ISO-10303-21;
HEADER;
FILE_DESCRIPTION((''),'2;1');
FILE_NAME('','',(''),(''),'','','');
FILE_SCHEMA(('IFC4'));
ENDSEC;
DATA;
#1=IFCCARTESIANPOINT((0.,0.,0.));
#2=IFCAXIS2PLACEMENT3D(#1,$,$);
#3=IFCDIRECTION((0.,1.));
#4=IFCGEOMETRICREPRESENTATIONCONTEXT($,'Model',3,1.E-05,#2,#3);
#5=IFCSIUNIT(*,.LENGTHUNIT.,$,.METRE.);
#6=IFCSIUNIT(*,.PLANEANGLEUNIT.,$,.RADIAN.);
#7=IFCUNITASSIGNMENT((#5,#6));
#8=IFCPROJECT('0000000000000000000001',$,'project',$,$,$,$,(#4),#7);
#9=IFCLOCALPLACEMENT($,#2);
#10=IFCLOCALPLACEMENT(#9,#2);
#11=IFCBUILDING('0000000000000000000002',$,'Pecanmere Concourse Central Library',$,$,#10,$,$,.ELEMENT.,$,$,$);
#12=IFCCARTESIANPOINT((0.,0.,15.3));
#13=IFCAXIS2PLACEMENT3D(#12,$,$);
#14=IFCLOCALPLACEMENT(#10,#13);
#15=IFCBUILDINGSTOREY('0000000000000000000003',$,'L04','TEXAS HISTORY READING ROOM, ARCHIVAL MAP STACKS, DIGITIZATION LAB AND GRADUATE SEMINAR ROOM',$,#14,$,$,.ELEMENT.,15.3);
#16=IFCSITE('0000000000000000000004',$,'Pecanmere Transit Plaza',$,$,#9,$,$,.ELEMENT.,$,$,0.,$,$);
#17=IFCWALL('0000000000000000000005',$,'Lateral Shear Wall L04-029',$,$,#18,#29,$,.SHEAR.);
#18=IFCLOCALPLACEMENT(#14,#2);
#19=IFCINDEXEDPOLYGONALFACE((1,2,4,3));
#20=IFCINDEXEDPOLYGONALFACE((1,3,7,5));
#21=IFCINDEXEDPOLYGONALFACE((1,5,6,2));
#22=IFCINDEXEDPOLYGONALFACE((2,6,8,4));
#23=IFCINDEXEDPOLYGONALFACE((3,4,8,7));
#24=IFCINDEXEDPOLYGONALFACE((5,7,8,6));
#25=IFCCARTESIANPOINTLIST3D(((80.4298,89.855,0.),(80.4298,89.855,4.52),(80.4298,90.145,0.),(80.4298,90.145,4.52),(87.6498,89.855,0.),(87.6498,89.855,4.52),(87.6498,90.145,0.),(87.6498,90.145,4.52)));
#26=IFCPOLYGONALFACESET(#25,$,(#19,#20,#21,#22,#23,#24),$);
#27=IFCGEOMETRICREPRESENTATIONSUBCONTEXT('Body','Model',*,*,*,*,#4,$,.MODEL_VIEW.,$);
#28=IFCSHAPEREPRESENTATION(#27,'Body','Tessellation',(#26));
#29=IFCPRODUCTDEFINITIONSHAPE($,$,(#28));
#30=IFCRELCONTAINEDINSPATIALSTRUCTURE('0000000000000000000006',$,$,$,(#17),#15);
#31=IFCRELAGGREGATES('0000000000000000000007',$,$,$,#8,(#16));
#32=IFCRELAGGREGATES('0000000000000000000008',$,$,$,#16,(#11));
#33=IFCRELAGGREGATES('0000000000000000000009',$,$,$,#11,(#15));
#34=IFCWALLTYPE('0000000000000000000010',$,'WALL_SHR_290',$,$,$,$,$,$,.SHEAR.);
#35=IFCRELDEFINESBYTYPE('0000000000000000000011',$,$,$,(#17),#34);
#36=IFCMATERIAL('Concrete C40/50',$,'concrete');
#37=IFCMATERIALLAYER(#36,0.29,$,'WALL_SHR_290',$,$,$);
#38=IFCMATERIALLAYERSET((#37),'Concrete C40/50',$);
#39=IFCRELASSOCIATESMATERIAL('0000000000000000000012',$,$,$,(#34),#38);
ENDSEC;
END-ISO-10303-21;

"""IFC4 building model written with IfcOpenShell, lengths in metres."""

from ifc_helpers import new_model, si_unit, direction, frame, frame_2d, origin, place, context, subcontext, project, spatial, rectangle, extrude, material, layer, layer_set, type_object, element, save


model = new_model("IFC4")

# Units and contexts
model_context = context("Model", 3, precision=1e-05, world=origin(), true_north=direction((0.0, 1.0)))
body_context = subcontext(model_context, "Body", "Model", "MODEL_VIEW")
ifc_project = project(units=[si_unit("LENGTHUNIT", "METRE"), si_unit("PLANEANGLEUNIT", "RADIAN")], contexts=[model_context])

# Site, building, storey
site_placement = place(None, origin())
site = spatial("IfcSite", under=ifc_project, at=site_placement, Name="Pecanmere Transit Plaza", CompositionType="ELEMENT", RefElevation=0.0)
building_placement = place(site_placement, origin())
building = spatial("IfcBuilding", under=site, at=building_placement, Name="Pecanmere Concourse Central Library", CompositionType="ELEMENT")
storey_placement = place(building_placement, frame((0.0, 0.0, 15.3)))
storey = spatial("IfcBuildingStorey", under=building, at=storey_placement, Name="L04", Description="TEXAS HISTORY READING ROOM, ARCHIVAL MAP STACKS, DIGITIZATION LAB AND GRADUATE SEMINAR ROOM", CompositionType="ELEMENT", Elevation=15.3)

# Wall
ifc_material_1 = material(Name="Concrete C40/50", Category="concrete")
ifc_layer_1 = layer(ifc_material_1, 0.29, Name="WALL_SHR_290")
ifc_layer_set_1 = layer_set([ifc_layer_1], Name="Concrete C40/50")
wall_type = type_object("IfcWallType", Name="WALL_SHR_290", PredefinedType="SHEAR", material=ifc_layer_set_1)
wall_placement = place(storey_placement, frame((80.4299, 90.0, 0.0), z_axis=(0.0, 0.0, 1.0), x_axis=(1.0, 0.0, 0.0)))
element("IfcWall", 1, at=wall_placement, inside=storey, type_object=wall_type, Name="Lateral Shear Wall L04-029", PredefinedType="SHEAR", context=body_context, shape_type="SweptSolid", body=[
    extrude(rectangle(XDim=7.22, YDim=0.29, at=frame_2d((3.6099, 0.0))), origin(), (0.0, 0.0, 1.0), 4.52),
])

save(model, "model.ifc")
